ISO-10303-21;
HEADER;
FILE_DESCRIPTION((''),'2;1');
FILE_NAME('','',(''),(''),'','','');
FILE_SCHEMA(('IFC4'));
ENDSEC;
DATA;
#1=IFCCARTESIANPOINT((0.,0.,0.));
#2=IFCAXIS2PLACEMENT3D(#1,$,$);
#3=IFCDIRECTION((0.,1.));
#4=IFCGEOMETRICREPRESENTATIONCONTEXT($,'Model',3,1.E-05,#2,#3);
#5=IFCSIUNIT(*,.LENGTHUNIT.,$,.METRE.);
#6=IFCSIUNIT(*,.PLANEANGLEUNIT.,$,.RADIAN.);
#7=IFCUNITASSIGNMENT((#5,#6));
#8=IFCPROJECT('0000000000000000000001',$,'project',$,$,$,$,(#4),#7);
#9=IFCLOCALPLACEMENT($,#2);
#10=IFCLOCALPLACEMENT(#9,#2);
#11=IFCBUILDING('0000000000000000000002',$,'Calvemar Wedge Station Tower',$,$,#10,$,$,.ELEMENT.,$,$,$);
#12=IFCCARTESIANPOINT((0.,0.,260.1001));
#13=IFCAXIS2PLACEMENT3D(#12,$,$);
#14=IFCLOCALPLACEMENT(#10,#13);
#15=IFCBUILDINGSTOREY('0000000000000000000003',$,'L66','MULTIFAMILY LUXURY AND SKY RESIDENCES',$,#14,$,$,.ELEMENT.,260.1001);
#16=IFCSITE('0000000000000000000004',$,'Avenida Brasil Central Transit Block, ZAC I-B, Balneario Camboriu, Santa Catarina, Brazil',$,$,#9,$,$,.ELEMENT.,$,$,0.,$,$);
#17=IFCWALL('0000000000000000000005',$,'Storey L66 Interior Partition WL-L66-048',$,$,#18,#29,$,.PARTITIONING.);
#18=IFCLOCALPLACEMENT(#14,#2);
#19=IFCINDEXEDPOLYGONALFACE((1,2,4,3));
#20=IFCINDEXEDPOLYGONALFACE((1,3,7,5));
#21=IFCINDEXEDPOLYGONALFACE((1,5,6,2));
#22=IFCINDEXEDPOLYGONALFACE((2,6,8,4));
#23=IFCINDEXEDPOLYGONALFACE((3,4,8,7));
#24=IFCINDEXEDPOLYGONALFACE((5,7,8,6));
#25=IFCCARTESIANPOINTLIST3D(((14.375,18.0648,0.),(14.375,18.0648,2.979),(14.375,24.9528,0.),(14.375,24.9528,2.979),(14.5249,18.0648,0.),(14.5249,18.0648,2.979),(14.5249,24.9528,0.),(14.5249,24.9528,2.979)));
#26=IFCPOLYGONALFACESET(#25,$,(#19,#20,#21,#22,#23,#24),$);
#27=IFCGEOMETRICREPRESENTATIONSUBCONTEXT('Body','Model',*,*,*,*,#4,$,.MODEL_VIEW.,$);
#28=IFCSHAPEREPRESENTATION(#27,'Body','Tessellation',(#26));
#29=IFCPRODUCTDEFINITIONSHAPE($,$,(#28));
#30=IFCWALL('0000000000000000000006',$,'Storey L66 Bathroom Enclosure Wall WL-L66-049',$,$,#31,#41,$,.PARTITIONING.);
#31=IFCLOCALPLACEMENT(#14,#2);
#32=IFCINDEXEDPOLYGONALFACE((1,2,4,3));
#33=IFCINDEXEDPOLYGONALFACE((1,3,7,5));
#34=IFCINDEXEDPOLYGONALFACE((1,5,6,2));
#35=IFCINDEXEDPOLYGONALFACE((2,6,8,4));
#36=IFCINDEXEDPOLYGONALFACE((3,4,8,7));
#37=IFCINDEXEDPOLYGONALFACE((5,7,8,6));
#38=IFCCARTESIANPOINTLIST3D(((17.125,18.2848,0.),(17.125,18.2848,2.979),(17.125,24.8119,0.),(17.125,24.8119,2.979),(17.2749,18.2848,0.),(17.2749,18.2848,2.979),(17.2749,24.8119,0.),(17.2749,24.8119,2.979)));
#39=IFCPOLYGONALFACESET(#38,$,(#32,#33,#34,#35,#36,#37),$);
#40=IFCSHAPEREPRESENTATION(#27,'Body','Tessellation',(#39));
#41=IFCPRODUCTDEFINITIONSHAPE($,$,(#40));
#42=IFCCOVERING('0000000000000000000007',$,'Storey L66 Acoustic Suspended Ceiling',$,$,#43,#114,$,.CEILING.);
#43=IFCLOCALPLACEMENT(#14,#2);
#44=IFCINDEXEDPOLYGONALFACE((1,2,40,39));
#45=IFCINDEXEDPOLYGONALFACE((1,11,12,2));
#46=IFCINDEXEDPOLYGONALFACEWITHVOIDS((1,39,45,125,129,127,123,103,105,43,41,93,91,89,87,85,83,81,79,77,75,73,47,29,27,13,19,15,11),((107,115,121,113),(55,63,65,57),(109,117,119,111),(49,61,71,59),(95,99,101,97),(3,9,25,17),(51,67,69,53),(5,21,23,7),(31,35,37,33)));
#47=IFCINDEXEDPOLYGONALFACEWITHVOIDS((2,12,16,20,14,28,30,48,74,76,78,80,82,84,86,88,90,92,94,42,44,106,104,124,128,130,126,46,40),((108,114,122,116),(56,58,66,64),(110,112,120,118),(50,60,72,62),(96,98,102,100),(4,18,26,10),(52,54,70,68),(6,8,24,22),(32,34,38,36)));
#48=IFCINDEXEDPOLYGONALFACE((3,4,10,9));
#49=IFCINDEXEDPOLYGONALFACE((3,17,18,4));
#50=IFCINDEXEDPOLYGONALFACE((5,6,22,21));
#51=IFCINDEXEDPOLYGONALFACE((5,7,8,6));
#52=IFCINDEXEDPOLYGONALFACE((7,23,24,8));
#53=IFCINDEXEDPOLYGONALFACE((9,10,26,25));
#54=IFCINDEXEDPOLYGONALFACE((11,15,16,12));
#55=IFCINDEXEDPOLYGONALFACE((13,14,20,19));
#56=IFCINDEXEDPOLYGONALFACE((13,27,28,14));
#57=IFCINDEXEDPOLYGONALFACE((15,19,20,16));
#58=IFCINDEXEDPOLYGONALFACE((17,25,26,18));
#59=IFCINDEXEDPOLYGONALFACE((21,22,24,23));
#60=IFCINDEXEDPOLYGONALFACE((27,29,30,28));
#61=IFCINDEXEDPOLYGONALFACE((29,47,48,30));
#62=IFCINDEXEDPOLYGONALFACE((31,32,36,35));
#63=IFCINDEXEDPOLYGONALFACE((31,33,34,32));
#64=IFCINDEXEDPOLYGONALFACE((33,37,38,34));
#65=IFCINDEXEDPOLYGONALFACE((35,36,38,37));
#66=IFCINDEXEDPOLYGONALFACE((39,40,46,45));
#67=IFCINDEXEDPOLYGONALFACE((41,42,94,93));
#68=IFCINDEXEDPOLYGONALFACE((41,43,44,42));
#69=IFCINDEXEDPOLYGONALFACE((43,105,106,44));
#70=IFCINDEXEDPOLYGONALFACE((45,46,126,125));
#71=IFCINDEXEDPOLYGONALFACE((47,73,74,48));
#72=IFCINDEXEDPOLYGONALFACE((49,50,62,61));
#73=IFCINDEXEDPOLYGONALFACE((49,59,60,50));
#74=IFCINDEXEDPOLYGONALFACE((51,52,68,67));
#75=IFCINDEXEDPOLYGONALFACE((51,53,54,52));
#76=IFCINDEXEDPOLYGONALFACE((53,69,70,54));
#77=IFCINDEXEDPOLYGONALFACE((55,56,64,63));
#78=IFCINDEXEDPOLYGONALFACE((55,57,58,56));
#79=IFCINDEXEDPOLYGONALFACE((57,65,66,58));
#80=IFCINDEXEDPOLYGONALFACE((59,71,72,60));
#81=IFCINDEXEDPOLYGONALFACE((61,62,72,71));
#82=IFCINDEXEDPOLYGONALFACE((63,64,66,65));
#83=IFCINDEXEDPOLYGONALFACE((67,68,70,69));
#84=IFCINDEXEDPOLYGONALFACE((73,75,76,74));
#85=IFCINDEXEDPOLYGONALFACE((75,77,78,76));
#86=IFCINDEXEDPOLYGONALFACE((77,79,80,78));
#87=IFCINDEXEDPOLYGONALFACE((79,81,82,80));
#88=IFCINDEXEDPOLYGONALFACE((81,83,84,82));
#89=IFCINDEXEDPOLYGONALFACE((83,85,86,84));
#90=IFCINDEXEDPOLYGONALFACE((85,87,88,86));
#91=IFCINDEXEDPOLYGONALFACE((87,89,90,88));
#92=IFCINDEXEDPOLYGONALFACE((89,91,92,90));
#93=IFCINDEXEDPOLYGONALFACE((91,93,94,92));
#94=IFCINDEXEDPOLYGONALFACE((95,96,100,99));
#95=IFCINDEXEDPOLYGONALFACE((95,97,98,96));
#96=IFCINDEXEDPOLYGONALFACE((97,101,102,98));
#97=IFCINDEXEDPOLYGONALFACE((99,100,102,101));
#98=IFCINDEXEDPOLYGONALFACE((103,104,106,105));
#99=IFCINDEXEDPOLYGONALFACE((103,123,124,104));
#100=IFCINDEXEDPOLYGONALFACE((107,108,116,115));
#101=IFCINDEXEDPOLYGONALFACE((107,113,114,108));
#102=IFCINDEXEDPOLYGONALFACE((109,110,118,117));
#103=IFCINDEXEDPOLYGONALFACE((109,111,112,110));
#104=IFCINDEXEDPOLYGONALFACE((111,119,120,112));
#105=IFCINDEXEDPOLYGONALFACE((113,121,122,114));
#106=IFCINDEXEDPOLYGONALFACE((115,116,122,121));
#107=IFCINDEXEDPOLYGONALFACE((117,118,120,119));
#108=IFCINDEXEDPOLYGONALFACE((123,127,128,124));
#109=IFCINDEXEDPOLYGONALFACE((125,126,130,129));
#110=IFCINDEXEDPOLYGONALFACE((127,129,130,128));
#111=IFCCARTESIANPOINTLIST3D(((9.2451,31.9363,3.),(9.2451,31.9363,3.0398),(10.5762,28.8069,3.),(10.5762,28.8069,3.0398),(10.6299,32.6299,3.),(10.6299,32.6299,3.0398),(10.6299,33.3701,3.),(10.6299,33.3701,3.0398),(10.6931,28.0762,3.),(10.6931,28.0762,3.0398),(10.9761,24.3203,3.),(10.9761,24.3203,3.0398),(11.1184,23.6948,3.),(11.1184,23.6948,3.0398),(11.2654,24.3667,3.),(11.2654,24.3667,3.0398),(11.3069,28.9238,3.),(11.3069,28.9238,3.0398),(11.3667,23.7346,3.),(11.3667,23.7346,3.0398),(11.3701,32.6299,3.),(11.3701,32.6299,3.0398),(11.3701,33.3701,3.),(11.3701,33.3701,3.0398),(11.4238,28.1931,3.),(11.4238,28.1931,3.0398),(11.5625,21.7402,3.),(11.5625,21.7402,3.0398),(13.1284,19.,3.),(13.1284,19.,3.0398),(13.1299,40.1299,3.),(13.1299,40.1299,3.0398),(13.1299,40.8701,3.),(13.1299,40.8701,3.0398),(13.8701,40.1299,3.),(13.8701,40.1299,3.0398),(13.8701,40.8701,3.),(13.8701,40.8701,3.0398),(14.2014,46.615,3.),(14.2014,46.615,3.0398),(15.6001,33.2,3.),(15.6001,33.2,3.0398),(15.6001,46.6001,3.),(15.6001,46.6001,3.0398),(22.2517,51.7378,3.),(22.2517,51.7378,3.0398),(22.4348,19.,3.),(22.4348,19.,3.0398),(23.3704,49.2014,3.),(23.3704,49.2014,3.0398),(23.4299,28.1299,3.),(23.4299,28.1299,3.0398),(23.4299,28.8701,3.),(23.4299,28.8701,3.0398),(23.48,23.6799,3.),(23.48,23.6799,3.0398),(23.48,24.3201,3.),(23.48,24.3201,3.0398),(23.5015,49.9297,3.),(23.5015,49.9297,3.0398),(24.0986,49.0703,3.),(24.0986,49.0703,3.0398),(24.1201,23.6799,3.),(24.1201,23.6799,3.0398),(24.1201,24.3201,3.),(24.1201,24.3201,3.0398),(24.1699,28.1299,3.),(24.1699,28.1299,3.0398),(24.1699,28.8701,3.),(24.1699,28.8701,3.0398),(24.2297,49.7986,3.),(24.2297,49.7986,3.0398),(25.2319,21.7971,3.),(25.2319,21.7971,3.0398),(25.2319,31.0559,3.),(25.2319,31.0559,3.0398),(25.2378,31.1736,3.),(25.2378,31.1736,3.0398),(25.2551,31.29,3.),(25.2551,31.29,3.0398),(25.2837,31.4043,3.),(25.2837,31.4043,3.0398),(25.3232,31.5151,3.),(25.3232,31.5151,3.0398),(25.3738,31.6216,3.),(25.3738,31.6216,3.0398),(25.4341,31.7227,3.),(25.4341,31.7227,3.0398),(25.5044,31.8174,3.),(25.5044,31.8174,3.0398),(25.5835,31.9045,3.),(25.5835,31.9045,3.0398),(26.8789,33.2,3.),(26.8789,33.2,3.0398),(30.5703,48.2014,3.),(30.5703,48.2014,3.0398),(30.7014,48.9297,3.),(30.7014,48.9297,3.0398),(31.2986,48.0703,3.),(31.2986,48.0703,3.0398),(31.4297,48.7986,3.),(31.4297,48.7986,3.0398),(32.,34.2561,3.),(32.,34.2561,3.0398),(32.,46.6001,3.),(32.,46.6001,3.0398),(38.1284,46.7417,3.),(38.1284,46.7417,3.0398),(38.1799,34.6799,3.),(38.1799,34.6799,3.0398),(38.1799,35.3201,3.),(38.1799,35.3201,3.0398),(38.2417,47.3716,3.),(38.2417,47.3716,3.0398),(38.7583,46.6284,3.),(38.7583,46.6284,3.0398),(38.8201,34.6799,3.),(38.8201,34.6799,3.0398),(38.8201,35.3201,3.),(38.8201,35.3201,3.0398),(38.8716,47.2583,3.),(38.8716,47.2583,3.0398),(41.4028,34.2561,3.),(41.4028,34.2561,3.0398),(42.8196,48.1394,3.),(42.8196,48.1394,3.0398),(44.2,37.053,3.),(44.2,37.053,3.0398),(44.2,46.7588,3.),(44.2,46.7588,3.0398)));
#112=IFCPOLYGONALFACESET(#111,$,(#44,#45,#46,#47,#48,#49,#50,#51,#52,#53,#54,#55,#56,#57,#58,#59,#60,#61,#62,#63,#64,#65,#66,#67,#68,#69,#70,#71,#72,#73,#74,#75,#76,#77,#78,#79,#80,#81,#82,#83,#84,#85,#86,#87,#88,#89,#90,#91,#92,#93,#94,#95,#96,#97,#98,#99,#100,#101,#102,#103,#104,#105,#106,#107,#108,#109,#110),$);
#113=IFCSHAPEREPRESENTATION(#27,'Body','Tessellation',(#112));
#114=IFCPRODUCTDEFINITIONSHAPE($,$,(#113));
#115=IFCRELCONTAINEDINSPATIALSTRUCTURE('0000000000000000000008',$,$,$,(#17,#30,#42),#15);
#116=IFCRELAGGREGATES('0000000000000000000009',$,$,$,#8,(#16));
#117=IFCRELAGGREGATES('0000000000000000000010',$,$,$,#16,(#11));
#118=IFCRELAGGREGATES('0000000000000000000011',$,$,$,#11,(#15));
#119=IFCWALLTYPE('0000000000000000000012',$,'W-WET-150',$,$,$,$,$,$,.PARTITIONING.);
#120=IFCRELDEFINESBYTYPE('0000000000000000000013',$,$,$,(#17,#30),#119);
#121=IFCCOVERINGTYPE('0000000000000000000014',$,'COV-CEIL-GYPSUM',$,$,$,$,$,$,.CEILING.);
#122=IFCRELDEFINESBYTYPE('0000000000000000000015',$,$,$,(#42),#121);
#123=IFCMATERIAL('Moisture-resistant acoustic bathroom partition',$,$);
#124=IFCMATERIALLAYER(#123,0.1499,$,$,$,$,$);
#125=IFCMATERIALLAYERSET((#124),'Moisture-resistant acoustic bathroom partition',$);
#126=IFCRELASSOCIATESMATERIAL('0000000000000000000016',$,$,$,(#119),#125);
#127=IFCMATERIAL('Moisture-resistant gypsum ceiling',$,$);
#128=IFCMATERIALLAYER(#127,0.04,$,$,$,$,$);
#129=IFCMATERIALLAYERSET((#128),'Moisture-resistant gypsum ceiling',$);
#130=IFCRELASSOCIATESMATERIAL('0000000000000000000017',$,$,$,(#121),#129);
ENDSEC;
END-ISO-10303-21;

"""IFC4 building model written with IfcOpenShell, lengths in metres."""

from ifc_helpers import new_model, si_unit, direction, frame, frame_2d, origin, place, context, subcontext, project, spatial, polyline, rectangle, outline, extrude, material, layer, layer_set, type_object, element, save


model = new_model("IFC4")

# Units and contexts
model_context = context("Model", 3, precision=1e-05, world=origin(), true_north=direction((0.0, 1.0)))
body_context = subcontext(model_context, "Body", "Model", "MODEL_VIEW")
ifc_project = project(units=[si_unit("LENGTHUNIT", "METRE"), si_unit("PLANEANGLEUNIT", "RADIAN")], contexts=[model_context])

# Site, building, storey
site_placement = place(None, origin())
site = spatial("IfcSite", under=ifc_project, at=site_placement, Name="Avenida Brasil Central Transit Block, ZAC I-B, Balneario Camboriu, Santa Catarina, Brazil", CompositionType="ELEMENT", RefElevation=0.0)
building_placement = place(site_placement, origin())
building = spatial("IfcBuilding", under=site, at=building_placement, Name="Calvemar Wedge Station Tower", CompositionType="ELEMENT")
storey_placement = place(building_placement, frame((0.0, 0.0, 260.1001)))
storey = spatial("IfcBuildingStorey", under=building, at=storey_placement, Name="L66", Description="MULTIFAMILY LUXURY AND SKY RESIDENCES", CompositionType="ELEMENT", Elevation=260.1001)

# Shared definitions
ifc_material_1 = material(Name="Moisture-resistant acoustic bathroom partition")
ifc_layer_1 = layer(ifc_material_1, 0.1499)
ifc_layer_set_1 = layer_set([ifc_layer_1], Name="Moisture-resistant acoustic bathroom partition")
wall_type_1 = type_object("IfcWallType", Name="W-WET-150", PredefinedType="PARTITIONING", material=ifc_layer_set_1)

# Walls
wall_1_placement = place(storey_placement, frame((14.45, 18.0649, 0.0), z_axis=(0.0, 0.0, 1.0), x_axis=(0.0, 1.0, 0.0)))
element("IfcWall", 1, at=wall_1_placement, inside=storey, type_object=wall_type_1, Name="Storey L66 Interior Partition WL-L66-048", PredefinedType="PARTITIONING", context=body_context, shape_type="SweptSolid", body=[
    extrude(rectangle(XDim=6.8879, YDim=0.1499, at=frame_2d((3.4438, 0.0))), origin(), (0.0, 0.0, 1.0), 2.979),
])
wall_2_placement = place(storey_placement, frame((17.2, 24.812, 0.0), z_axis=(0.0, 0.0, 1.0), x_axis=(0.0, -1.0, 0.0)))
element("IfcWall", 2, at=wall_2_placement, inside=storey, type_object=wall_type_1, Name="Storey L66 Bathroom Enclosure Wall WL-L66-049", PredefinedType="PARTITIONING", context=body_context, shape_type="SweptSolid", body=[
    extrude(rectangle(XDim=6.5271, YDim=0.1499, at=frame_2d((3.2637, 0.0))), origin(), (0.0, 0.0, 1.0), 2.979),
])

# Covering
ifc_material_2 = material(Name="Moisture-resistant gypsum ceiling")
ifc_layer_2 = layer(ifc_material_2, 0.04)
ifc_layer_set_2 = layer_set([ifc_layer_2], Name="Moisture-resistant gypsum ceiling")
covering_type_1 = type_object("IfcCoveringType", Name="COV-CEIL-GYPSUM", PredefinedType="CEILING", material=ifc_layer_set_2)
covering_1_placement = place(storey_placement, frame((0.0, 0.0, 3.0)))
element("IfcCovering", 3, at=covering_1_placement, inside=storey, type_object=covering_type_1, Name="Storey L66 Acoustic Suspended Ceiling", PredefinedType="CEILING", context=body_context, shape_type="SweptSolid", body=[
    extrude(outline(polyline([(15.6001, 33.2), (15.6001, 46.6001), (32.0, 46.6001), (32.0, 34.2561), (41.4028, 34.2561), (44.2, 37.053), (44.2, 46.7588), (42.8196, 48.1394), (22.2517, 51.7378), (14.2014, 46.615), (9.2451, 31.9363), (10.9761, 24.3203), (11.2654, 24.3667), (11.3667, 23.7346), (11.1184, 23.6948), (11.5625, 21.7402), (13.1284, 19.0), (22.4348, 19.0), (25.2319, 21.7971), (25.2319, 31.0559), (25.2378, 31.1736), (25.2551, 31.29), (25.2837, 31.4043), (25.3232, 31.5151), (25.3738, 31.6216), (25.4341, 31.7227), (25.5044, 31.8174), (25.5835, 31.9045), (26.8789, 33.2), (15.6001, 33.2)]), holes=[polyline([(11.3701, 33.3701), (11.3701, 32.6299), (10.6299, 32.6299), (10.6299, 33.3701), (11.3701, 33.3701)]), polyline([(13.8701, 40.1299), (13.1299, 40.1299), (13.1299, 40.8701), (13.8701, 40.8701), (13.8701, 40.1299)]), polyline([(23.3704, 49.2014), (23.5015, 49.9297), (24.2297, 49.7986), (24.0986, 49.0703), (23.3704, 49.2014)]), polyline([(30.7014, 48.9297), (31.4297, 48.7986), (31.2986, 48.0703), (30.5703, 48.2014), (30.7014, 48.9297)]), polyline([(38.8716, 47.2583), (38.7583, 46.6284), (38.1284, 46.7417), (38.2417, 47.3716), (38.8716, 47.2583)]), polyline([(38.8201, 34.6799), (38.1799, 34.6799), (38.1799, 35.3201), (38.8201, 35.3201), (38.8201, 34.6799)]), polyline([(10.5762, 28.8069), (11.3069, 28.9238), (11.4238, 28.1931), (10.6931, 28.0762), (10.5762, 28.8069)]), polyline([(24.1699, 28.8701), (24.1699, 28.1299), (23.4299, 28.1299), (23.4299, 28.8701), (24.1699, 28.8701)]), polyline([(24.1201, 23.6799), (23.48, 23.6799), (23.48, 24.3201), (24.1201, 24.3201), (24.1201, 23.6799)])]), origin(), (0.0, 0.0, 1.0), 0.0398),
])

save(model, "model.ifc")
